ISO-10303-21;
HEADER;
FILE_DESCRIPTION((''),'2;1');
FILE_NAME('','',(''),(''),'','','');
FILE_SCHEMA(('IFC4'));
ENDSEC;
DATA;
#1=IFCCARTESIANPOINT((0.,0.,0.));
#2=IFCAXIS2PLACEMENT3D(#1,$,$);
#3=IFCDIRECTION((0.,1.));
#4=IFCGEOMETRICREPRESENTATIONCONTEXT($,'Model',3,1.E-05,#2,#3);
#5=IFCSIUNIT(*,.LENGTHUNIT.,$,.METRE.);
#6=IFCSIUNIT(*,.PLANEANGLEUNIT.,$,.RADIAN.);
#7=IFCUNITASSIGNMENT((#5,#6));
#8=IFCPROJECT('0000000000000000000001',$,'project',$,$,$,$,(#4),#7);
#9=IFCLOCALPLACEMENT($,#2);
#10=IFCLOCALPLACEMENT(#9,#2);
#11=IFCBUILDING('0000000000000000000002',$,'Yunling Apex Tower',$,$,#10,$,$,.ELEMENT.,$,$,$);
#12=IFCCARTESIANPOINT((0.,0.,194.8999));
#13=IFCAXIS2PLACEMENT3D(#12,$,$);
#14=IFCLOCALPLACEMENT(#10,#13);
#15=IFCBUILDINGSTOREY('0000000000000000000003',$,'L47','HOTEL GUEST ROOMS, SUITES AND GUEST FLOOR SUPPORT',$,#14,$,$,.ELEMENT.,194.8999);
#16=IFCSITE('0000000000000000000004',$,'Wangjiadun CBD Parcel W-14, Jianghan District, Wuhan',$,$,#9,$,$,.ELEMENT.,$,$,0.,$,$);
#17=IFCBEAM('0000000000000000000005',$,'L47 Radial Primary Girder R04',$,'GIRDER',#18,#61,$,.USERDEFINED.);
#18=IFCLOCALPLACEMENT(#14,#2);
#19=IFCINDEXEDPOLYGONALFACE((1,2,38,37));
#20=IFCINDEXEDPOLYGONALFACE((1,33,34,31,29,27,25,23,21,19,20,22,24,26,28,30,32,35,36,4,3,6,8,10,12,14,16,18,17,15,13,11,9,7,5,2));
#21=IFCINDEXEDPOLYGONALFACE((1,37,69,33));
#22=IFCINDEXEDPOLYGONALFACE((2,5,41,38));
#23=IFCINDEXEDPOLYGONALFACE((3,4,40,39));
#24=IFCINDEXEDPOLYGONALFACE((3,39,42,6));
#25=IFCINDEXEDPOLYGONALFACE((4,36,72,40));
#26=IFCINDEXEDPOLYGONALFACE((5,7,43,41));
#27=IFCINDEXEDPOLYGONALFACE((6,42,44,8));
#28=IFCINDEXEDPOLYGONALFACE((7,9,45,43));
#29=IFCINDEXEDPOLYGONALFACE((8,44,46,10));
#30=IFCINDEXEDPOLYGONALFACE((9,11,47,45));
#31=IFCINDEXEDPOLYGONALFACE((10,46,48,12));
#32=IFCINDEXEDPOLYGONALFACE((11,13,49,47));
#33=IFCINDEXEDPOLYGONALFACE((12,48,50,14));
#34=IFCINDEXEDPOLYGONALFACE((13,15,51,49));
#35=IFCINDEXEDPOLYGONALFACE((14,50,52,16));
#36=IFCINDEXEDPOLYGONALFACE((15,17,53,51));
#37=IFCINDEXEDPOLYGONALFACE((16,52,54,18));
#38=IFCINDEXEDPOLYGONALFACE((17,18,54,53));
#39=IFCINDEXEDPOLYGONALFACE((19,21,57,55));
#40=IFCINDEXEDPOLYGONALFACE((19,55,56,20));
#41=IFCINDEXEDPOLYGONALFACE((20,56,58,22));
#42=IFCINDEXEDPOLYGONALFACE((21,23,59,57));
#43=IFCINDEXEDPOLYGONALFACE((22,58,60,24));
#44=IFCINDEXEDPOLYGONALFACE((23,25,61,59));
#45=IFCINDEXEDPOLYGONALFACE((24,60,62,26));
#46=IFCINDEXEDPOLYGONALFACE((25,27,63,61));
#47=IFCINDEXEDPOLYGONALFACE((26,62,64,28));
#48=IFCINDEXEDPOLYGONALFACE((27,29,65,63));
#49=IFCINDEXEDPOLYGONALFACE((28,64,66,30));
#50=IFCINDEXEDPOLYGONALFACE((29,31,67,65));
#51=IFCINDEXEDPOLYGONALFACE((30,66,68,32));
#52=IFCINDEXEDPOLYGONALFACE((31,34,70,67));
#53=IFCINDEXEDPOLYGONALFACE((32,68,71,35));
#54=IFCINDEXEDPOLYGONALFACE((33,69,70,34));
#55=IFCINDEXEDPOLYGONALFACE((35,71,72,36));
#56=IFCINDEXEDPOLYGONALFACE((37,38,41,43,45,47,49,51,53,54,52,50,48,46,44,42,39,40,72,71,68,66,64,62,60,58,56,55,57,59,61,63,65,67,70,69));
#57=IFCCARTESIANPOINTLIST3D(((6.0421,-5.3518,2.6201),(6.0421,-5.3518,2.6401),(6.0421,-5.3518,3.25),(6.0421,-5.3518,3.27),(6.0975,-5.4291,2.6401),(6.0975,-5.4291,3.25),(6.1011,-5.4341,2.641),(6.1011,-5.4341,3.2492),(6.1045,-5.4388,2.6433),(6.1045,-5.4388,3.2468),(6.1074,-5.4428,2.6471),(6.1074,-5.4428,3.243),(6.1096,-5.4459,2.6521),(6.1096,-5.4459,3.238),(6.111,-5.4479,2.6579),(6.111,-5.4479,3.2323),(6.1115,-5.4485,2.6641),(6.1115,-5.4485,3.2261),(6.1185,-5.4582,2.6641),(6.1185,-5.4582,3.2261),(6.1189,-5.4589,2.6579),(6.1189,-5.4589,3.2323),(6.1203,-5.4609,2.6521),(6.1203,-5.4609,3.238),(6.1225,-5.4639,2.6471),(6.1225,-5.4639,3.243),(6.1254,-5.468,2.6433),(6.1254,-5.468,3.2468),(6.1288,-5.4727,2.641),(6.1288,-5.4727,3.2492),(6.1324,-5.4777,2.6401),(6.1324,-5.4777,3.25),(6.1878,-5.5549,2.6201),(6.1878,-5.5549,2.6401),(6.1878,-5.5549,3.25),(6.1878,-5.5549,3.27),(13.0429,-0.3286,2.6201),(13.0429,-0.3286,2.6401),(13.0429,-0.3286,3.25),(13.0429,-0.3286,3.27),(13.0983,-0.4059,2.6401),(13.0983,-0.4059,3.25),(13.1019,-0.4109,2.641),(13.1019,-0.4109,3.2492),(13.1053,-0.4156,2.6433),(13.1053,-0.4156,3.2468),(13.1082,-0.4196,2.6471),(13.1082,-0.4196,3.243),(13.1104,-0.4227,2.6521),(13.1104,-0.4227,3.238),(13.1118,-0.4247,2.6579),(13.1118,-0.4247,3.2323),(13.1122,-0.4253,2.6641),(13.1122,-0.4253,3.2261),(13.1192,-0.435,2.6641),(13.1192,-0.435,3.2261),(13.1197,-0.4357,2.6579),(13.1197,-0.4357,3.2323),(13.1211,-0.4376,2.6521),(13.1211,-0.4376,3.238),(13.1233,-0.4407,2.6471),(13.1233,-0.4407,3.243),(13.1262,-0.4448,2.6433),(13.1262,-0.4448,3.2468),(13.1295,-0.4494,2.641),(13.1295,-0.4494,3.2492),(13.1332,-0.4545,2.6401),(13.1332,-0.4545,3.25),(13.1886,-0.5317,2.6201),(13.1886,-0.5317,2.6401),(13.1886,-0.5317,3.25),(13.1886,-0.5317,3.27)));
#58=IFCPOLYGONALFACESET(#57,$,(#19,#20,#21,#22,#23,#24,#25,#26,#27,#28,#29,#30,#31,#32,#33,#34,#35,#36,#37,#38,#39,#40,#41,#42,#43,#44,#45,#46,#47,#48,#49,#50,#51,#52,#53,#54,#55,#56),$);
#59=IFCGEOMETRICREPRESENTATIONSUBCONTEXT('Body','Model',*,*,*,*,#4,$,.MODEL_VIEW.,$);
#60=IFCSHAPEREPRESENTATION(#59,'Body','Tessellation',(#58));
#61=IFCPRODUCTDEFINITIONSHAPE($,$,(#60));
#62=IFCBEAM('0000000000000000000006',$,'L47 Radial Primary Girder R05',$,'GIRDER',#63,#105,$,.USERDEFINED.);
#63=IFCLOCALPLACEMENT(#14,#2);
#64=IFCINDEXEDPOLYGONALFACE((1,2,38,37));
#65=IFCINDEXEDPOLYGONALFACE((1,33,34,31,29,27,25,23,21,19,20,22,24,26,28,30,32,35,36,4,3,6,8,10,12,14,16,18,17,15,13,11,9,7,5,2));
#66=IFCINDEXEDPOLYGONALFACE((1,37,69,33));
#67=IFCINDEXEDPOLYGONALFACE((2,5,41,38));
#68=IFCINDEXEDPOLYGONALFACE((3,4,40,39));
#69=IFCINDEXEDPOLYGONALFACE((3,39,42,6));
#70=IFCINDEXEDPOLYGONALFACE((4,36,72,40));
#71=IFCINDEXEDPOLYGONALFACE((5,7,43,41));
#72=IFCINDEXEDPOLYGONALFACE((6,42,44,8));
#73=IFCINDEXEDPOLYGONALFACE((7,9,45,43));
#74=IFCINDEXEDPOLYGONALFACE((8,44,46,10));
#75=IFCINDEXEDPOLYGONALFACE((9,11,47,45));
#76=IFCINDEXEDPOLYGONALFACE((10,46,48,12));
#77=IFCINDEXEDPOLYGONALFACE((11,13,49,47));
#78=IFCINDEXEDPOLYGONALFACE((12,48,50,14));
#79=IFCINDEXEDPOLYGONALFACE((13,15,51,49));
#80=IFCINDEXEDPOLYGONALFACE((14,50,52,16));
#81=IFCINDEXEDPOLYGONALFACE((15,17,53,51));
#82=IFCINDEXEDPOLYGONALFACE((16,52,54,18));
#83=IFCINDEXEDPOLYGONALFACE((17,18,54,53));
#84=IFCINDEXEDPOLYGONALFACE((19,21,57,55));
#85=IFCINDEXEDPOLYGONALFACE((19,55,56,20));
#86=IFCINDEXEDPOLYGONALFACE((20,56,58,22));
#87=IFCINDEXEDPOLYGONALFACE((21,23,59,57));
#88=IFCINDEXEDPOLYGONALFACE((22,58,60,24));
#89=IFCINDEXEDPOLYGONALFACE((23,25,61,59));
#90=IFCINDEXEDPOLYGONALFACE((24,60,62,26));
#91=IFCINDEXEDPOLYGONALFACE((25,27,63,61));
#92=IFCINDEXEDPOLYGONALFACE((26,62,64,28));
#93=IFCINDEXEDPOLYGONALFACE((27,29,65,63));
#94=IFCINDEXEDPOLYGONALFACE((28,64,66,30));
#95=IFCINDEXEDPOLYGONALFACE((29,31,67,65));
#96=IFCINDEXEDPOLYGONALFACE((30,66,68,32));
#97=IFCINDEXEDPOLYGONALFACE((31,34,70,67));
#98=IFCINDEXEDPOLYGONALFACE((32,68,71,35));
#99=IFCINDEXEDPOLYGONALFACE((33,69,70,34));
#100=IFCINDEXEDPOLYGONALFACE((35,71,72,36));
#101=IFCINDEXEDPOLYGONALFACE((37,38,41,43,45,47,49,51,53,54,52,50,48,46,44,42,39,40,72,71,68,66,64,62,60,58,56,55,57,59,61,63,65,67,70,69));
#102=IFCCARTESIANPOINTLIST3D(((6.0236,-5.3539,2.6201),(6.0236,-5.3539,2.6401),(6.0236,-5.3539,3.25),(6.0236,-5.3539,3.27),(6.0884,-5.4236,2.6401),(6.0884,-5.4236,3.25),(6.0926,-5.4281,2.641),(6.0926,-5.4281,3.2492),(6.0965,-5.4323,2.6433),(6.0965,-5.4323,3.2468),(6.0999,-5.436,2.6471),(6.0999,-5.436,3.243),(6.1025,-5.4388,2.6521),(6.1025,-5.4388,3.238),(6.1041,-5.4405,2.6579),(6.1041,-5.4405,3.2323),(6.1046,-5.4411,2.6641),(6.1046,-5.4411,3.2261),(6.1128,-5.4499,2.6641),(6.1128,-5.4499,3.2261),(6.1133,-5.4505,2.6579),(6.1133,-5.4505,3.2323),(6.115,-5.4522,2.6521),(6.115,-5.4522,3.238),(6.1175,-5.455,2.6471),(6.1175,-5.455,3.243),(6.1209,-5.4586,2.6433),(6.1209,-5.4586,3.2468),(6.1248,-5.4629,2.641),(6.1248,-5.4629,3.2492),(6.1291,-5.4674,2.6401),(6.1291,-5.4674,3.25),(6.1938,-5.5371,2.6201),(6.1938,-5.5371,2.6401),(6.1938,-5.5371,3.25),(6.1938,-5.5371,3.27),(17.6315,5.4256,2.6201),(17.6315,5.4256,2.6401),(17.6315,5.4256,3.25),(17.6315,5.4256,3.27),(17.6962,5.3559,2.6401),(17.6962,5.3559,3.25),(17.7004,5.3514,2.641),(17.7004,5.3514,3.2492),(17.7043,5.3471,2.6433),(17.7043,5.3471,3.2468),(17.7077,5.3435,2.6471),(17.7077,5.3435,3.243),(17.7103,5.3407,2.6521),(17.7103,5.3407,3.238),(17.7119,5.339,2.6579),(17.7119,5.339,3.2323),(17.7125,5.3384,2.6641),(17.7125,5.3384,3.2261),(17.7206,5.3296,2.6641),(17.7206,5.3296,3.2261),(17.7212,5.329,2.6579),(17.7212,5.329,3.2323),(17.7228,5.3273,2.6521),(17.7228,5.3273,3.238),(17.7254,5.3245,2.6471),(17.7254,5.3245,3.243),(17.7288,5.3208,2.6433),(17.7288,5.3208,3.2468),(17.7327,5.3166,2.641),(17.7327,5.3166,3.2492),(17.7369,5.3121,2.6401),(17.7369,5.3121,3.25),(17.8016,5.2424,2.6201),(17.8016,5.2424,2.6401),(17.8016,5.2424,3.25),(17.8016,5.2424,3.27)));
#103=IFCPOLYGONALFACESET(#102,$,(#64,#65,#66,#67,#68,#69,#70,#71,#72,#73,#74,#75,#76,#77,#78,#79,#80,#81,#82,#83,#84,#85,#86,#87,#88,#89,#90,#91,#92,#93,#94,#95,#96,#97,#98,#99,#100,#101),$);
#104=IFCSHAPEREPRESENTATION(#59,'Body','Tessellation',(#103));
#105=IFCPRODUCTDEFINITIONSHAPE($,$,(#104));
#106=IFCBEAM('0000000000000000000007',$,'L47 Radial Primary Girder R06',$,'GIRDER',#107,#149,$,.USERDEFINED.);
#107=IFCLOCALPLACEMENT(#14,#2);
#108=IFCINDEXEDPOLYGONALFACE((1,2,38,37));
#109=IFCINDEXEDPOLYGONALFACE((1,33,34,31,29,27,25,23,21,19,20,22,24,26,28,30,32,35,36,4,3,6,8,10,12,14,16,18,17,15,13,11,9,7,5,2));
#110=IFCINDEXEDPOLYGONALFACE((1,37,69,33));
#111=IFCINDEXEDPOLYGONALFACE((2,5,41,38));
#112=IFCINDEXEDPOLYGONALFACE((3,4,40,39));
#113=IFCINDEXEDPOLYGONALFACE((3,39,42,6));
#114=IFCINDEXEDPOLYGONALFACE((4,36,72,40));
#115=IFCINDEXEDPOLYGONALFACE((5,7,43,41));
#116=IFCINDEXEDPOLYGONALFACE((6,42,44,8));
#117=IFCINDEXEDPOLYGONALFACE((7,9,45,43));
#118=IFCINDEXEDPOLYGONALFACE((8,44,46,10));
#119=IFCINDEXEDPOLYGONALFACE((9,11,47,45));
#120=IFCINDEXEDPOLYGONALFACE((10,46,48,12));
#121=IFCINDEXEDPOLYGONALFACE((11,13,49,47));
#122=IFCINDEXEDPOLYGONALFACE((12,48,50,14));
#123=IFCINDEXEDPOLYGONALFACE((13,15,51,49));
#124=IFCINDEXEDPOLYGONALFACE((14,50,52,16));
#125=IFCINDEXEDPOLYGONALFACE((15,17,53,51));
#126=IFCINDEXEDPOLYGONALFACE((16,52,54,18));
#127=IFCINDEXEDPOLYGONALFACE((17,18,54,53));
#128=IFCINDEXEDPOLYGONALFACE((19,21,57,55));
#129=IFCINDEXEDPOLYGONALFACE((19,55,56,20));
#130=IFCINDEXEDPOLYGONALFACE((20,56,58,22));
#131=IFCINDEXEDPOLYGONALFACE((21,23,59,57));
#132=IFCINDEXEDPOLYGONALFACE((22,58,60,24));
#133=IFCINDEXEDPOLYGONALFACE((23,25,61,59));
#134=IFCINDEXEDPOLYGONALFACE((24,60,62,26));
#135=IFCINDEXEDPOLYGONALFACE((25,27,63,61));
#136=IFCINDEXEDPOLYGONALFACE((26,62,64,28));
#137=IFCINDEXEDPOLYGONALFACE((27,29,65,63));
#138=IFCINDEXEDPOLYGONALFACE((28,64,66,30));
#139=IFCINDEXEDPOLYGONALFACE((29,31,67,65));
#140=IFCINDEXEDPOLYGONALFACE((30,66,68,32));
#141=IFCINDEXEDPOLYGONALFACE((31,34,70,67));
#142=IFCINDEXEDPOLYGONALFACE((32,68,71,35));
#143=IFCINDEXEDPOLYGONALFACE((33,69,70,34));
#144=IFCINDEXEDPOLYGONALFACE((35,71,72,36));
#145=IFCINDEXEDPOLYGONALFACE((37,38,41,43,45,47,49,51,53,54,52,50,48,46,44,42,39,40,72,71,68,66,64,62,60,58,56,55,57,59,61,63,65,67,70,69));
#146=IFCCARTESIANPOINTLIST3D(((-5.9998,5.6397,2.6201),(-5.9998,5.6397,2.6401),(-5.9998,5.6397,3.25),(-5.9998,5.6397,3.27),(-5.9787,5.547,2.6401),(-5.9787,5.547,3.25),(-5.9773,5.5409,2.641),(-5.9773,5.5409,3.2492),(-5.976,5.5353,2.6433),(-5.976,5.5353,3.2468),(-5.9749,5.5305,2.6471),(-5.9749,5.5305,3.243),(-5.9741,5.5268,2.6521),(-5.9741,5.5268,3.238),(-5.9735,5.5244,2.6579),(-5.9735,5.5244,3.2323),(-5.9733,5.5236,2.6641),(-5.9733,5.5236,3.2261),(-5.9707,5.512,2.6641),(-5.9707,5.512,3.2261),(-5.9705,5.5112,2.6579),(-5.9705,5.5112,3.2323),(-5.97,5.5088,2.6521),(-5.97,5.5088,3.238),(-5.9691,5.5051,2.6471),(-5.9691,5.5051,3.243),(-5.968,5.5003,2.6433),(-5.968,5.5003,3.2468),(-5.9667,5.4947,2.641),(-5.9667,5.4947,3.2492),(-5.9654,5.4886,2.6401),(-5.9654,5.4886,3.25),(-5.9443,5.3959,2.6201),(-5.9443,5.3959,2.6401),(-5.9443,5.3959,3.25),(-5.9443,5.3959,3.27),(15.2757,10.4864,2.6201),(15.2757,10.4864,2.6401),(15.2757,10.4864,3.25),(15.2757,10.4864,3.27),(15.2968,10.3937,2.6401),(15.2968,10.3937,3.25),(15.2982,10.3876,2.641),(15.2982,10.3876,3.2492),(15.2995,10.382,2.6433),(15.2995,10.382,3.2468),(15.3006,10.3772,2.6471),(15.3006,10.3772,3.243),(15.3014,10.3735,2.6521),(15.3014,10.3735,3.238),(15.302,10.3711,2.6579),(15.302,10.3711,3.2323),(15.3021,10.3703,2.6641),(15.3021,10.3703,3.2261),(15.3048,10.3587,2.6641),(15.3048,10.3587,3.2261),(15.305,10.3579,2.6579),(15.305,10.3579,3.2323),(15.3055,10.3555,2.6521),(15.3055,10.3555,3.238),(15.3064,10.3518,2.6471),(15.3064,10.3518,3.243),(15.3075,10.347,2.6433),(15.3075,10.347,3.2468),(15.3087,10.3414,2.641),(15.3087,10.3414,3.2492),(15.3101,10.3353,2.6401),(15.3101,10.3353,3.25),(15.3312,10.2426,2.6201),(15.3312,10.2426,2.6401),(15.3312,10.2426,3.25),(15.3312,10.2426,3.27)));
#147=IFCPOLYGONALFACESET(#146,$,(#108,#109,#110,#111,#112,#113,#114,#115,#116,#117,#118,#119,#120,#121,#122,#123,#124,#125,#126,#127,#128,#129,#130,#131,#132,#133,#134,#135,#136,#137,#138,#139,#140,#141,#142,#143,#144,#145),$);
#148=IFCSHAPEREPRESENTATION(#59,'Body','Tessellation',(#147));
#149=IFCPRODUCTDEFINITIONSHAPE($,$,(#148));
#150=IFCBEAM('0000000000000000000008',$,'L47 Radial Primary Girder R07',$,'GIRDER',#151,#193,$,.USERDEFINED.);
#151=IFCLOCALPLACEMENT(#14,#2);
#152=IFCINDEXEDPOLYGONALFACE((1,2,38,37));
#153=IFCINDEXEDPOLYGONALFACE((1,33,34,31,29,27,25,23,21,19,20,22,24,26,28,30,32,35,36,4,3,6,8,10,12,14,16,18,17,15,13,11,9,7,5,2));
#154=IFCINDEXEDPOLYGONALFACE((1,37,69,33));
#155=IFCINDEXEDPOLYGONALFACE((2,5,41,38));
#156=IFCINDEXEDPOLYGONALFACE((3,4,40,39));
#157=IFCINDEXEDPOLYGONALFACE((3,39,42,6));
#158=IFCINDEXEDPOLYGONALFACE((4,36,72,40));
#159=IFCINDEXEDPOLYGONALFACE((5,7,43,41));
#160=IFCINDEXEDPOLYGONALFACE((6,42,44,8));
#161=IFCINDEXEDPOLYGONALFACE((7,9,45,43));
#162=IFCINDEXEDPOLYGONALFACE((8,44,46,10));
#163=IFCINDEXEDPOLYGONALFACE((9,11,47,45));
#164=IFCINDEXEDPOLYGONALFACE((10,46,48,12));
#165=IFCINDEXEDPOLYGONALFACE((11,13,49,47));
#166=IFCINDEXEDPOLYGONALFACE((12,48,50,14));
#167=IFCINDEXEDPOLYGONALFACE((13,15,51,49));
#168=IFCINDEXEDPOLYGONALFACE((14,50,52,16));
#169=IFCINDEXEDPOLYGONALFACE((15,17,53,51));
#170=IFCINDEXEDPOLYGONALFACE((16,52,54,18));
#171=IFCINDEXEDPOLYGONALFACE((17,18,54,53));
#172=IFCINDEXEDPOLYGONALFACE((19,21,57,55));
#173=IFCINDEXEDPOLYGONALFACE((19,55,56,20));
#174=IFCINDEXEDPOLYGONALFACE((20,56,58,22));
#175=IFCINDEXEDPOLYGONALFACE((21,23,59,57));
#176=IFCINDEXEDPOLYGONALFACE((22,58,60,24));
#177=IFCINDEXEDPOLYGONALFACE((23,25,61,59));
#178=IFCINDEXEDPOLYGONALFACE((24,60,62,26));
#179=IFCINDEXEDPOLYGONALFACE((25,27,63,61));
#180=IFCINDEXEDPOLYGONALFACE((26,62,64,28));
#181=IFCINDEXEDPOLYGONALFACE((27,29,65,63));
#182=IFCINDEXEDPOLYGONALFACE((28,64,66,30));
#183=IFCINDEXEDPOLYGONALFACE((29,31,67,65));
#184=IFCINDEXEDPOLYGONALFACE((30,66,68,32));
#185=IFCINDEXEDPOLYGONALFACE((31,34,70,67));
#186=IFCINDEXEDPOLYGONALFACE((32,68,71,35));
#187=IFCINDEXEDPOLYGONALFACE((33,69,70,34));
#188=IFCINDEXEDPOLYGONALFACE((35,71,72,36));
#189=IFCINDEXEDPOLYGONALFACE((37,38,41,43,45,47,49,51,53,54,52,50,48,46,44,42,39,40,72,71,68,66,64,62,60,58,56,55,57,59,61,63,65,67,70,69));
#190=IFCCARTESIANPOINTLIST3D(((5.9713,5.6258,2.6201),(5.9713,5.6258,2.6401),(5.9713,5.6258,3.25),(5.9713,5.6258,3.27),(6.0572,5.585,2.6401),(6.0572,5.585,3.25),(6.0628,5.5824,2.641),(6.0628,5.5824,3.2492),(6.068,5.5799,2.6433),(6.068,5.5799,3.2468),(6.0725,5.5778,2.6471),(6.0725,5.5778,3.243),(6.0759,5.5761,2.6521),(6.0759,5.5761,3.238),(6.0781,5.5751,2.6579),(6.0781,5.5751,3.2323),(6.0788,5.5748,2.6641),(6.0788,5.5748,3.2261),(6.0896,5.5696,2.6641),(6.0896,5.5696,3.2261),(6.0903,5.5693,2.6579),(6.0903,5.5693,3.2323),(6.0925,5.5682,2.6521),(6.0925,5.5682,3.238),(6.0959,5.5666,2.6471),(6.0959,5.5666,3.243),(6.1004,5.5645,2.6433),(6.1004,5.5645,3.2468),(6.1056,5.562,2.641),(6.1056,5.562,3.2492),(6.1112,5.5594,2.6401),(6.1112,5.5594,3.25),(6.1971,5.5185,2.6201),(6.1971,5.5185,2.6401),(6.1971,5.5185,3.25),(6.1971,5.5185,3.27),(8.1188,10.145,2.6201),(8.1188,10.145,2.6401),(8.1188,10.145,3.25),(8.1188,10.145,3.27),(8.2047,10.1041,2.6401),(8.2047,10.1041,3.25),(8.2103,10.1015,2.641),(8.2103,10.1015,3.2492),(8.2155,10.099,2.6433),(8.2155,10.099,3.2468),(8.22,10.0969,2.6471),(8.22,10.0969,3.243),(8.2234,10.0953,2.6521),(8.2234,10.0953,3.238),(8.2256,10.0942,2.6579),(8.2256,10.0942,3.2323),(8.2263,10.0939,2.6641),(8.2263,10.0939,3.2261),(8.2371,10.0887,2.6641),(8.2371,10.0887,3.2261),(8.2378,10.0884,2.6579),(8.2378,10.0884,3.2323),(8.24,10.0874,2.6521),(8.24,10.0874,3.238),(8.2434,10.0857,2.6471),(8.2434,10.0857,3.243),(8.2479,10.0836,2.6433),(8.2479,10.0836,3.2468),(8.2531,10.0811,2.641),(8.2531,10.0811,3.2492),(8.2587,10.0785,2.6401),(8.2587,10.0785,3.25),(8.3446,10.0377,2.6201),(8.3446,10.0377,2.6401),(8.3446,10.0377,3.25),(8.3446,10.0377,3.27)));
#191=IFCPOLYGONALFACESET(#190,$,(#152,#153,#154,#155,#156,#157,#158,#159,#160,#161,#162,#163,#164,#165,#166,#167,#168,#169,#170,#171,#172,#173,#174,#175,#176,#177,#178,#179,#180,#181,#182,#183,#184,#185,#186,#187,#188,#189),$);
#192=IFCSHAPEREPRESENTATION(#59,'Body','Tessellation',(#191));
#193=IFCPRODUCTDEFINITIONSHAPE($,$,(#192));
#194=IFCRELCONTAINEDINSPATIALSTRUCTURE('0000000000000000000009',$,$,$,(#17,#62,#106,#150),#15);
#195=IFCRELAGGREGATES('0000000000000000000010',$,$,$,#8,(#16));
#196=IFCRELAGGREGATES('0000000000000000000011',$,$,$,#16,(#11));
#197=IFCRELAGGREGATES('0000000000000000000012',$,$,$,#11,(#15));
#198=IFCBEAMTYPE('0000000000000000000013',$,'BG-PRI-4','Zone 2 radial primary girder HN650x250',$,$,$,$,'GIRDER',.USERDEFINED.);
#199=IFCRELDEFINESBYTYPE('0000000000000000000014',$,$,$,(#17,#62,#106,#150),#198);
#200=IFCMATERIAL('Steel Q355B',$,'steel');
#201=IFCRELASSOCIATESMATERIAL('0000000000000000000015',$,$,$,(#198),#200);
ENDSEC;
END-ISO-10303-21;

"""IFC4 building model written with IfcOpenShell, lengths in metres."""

from ifc_helpers import new_model, si_unit, direction, frame, origin, origin_2d, place, context, subcontext, project, spatial, i_section, extrude, source, transform, mapped, material, material_profile, profile_set, type_object, element, save


model = new_model("IFC4")

# Units and contexts
model_context = context("Model", 3, precision=1e-05, world=origin(), true_north=direction((0.0, 1.0)))
body_context = subcontext(model_context, "Body", "Model", "MODEL_VIEW")
ifc_project = project(units=[si_unit("LENGTHUNIT", "METRE"), si_unit("PLANEANGLEUNIT", "RADIAN")], contexts=[model_context])

# Site, building, storey
site_placement = place(None, origin())
site = spatial("IfcSite", under=ifc_project, at=site_placement, Name="Wangjiadun CBD Parcel W-14, Jianghan District, Wuhan", CompositionType="ELEMENT", RefElevation=0.0)
building_placement = place(site_placement, origin())
building = spatial("IfcBuilding", under=site, at=building_placement, Name="Yunling Apex Tower", CompositionType="ELEMENT")
storey_placement = place(building_placement, frame((0.0, 0.0, 194.8999)))
storey = spatial("IfcBuildingStorey", under=building, at=storey_placement, Name="L47", Description="HOTEL GUEST ROOMS, SUITES AND GUEST FLOOR SUPPORT", CompositionType="ELEMENT", Elevation=194.8999)

# Beams
ifc_material_1 = material(Name="Steel Q355B", Category="steel")
ifc_material_profile_1 = material_profile(ifc_material_1, i_section(OverallWidth=0.25, OverallDepth=0.6499, WebThickness=0.012, FlangeThickness=0.02, FilletRadius=0.0239, at=origin_2d()))
ifc_profile_set_1 = profile_set([ifc_material_profile_1], Name="Steel Q355B")
beam_type_1 = type_object("IfcBeamType", Name="BG-PRI-4", Description="Zone 2 radial primary girder HN650x250", ElementType="GIRDER", PredefinedType="USERDEFINED", material=ifc_profile_set_1)
shared_shape_1 = source(origin(), body_context, "Body", "SweptSolid", [
    extrude(i_section(OverallWidth=0.25, OverallDepth=0.6499, WebThickness=0.012, FlangeThickness=0.02, FilletRadius=0.0239, at=origin_2d()), origin(), (0.0, 0.0, 1.0), 8.6165),
])
beam_1_placement = place(storey_placement, frame((13.1157, -0.4302, 2.9451), z_axis=(-0.812487, -0.582979, 0.0), x_axis=(0.582979, -0.812487, 0.0)))
element("IfcBeam", 1, at=beam_1_placement, inside=storey, type_object=beam_type_1, Name="L47 Radial Primary Girder R04", ObjectType="GIRDER", PredefinedType="USERDEFINED", context=body_context, shape_type="MappedRepresentation", body=[
    mapped(shared_shape_1, transform((0.0, 0.0, 0.0), scale=1.0)),
])
shared_shape_2 = source(origin(), body_context, "Body", "SweptSolid", [
    extrude(i_section(OverallWidth=0.25, OverallDepth=0.6499, WebThickness=0.012, FlangeThickness=0.02, FilletRadius=0.0239, at=origin_2d()), origin(), (0.0, 0.0, 1.0), 15.8411),
])
beam_2_placement = place(storey_placement, frame((17.7166, 5.334, 2.9451), z_axis=(-0.732769, -0.680477, 0.0), x_axis=(0.680477, -0.732769, 0.0)))
element("IfcBeam", 2, at=beam_2_placement, inside=storey, type_object=beam_type_1, Name="L47 Radial Primary Girder R05", ObjectType="GIRDER", PredefinedType="USERDEFINED", context=body_context, shape_type="MappedRepresentation", body=[
    mapped(shared_shape_2, transform((0.0, 0.0, 0.0), scale=1.0)),
])
shared_shape_3 = source(origin(), body_context, "Body", "SweptSolid", [
    extrude(i_section(OverallWidth=0.25, OverallDepth=0.6499, WebThickness=0.012, FlangeThickness=0.02, FilletRadius=0.0239, at=origin_2d()), origin(), (0.0, 0.0, 1.0), 21.8206),
])
beam_3_placement = place(storey_placement, frame((15.3035, 10.3645, 2.9451), z_axis=(-0.97502, -0.222116, 0.0), x_axis=(0.222116, -0.97502, 0.0)))
element("IfcBeam", 3, at=beam_3_placement, inside=storey, type_object=beam_type_1, Name="L47 Radial Primary Girder R06", ObjectType="GIRDER", PredefinedType="USERDEFINED", context=body_context, shape_type="MappedRepresentation", body=[
    mapped(shared_shape_3, transform((0.0, 0.0, 0.0), scale=1.0)),
])
shared_shape_4 = source(origin(), body_context, "Body", "SweptSolid", [
    extrude(i_section(OverallWidth=0.25, OverallDepth=0.6499, WebThickness=0.012, FlangeThickness=0.02, FilletRadius=0.0239, at=origin_2d()), origin(), (0.0, 0.0, 1.0), 5.0034),
])
beam_4_placement = place(storey_placement, frame((8.2317, 10.0913, 2.9451), z_axis=(-0.429206, -0.903207, 0.0), x_axis=(0.903207, -0.429206, 0.0)))
element("IfcBeam", 4, at=beam_4_placement, inside=storey, type_object=beam_type_1, Name="L47 Radial Primary Girder R07", ObjectType="GIRDER", PredefinedType="USERDEFINED", context=body_context, shape_type="MappedRepresentation", body=[
    mapped(shared_shape_4, transform((0.0, 0.0, 0.0), scale=1.0)),
])

save(model, "model.ifc")
